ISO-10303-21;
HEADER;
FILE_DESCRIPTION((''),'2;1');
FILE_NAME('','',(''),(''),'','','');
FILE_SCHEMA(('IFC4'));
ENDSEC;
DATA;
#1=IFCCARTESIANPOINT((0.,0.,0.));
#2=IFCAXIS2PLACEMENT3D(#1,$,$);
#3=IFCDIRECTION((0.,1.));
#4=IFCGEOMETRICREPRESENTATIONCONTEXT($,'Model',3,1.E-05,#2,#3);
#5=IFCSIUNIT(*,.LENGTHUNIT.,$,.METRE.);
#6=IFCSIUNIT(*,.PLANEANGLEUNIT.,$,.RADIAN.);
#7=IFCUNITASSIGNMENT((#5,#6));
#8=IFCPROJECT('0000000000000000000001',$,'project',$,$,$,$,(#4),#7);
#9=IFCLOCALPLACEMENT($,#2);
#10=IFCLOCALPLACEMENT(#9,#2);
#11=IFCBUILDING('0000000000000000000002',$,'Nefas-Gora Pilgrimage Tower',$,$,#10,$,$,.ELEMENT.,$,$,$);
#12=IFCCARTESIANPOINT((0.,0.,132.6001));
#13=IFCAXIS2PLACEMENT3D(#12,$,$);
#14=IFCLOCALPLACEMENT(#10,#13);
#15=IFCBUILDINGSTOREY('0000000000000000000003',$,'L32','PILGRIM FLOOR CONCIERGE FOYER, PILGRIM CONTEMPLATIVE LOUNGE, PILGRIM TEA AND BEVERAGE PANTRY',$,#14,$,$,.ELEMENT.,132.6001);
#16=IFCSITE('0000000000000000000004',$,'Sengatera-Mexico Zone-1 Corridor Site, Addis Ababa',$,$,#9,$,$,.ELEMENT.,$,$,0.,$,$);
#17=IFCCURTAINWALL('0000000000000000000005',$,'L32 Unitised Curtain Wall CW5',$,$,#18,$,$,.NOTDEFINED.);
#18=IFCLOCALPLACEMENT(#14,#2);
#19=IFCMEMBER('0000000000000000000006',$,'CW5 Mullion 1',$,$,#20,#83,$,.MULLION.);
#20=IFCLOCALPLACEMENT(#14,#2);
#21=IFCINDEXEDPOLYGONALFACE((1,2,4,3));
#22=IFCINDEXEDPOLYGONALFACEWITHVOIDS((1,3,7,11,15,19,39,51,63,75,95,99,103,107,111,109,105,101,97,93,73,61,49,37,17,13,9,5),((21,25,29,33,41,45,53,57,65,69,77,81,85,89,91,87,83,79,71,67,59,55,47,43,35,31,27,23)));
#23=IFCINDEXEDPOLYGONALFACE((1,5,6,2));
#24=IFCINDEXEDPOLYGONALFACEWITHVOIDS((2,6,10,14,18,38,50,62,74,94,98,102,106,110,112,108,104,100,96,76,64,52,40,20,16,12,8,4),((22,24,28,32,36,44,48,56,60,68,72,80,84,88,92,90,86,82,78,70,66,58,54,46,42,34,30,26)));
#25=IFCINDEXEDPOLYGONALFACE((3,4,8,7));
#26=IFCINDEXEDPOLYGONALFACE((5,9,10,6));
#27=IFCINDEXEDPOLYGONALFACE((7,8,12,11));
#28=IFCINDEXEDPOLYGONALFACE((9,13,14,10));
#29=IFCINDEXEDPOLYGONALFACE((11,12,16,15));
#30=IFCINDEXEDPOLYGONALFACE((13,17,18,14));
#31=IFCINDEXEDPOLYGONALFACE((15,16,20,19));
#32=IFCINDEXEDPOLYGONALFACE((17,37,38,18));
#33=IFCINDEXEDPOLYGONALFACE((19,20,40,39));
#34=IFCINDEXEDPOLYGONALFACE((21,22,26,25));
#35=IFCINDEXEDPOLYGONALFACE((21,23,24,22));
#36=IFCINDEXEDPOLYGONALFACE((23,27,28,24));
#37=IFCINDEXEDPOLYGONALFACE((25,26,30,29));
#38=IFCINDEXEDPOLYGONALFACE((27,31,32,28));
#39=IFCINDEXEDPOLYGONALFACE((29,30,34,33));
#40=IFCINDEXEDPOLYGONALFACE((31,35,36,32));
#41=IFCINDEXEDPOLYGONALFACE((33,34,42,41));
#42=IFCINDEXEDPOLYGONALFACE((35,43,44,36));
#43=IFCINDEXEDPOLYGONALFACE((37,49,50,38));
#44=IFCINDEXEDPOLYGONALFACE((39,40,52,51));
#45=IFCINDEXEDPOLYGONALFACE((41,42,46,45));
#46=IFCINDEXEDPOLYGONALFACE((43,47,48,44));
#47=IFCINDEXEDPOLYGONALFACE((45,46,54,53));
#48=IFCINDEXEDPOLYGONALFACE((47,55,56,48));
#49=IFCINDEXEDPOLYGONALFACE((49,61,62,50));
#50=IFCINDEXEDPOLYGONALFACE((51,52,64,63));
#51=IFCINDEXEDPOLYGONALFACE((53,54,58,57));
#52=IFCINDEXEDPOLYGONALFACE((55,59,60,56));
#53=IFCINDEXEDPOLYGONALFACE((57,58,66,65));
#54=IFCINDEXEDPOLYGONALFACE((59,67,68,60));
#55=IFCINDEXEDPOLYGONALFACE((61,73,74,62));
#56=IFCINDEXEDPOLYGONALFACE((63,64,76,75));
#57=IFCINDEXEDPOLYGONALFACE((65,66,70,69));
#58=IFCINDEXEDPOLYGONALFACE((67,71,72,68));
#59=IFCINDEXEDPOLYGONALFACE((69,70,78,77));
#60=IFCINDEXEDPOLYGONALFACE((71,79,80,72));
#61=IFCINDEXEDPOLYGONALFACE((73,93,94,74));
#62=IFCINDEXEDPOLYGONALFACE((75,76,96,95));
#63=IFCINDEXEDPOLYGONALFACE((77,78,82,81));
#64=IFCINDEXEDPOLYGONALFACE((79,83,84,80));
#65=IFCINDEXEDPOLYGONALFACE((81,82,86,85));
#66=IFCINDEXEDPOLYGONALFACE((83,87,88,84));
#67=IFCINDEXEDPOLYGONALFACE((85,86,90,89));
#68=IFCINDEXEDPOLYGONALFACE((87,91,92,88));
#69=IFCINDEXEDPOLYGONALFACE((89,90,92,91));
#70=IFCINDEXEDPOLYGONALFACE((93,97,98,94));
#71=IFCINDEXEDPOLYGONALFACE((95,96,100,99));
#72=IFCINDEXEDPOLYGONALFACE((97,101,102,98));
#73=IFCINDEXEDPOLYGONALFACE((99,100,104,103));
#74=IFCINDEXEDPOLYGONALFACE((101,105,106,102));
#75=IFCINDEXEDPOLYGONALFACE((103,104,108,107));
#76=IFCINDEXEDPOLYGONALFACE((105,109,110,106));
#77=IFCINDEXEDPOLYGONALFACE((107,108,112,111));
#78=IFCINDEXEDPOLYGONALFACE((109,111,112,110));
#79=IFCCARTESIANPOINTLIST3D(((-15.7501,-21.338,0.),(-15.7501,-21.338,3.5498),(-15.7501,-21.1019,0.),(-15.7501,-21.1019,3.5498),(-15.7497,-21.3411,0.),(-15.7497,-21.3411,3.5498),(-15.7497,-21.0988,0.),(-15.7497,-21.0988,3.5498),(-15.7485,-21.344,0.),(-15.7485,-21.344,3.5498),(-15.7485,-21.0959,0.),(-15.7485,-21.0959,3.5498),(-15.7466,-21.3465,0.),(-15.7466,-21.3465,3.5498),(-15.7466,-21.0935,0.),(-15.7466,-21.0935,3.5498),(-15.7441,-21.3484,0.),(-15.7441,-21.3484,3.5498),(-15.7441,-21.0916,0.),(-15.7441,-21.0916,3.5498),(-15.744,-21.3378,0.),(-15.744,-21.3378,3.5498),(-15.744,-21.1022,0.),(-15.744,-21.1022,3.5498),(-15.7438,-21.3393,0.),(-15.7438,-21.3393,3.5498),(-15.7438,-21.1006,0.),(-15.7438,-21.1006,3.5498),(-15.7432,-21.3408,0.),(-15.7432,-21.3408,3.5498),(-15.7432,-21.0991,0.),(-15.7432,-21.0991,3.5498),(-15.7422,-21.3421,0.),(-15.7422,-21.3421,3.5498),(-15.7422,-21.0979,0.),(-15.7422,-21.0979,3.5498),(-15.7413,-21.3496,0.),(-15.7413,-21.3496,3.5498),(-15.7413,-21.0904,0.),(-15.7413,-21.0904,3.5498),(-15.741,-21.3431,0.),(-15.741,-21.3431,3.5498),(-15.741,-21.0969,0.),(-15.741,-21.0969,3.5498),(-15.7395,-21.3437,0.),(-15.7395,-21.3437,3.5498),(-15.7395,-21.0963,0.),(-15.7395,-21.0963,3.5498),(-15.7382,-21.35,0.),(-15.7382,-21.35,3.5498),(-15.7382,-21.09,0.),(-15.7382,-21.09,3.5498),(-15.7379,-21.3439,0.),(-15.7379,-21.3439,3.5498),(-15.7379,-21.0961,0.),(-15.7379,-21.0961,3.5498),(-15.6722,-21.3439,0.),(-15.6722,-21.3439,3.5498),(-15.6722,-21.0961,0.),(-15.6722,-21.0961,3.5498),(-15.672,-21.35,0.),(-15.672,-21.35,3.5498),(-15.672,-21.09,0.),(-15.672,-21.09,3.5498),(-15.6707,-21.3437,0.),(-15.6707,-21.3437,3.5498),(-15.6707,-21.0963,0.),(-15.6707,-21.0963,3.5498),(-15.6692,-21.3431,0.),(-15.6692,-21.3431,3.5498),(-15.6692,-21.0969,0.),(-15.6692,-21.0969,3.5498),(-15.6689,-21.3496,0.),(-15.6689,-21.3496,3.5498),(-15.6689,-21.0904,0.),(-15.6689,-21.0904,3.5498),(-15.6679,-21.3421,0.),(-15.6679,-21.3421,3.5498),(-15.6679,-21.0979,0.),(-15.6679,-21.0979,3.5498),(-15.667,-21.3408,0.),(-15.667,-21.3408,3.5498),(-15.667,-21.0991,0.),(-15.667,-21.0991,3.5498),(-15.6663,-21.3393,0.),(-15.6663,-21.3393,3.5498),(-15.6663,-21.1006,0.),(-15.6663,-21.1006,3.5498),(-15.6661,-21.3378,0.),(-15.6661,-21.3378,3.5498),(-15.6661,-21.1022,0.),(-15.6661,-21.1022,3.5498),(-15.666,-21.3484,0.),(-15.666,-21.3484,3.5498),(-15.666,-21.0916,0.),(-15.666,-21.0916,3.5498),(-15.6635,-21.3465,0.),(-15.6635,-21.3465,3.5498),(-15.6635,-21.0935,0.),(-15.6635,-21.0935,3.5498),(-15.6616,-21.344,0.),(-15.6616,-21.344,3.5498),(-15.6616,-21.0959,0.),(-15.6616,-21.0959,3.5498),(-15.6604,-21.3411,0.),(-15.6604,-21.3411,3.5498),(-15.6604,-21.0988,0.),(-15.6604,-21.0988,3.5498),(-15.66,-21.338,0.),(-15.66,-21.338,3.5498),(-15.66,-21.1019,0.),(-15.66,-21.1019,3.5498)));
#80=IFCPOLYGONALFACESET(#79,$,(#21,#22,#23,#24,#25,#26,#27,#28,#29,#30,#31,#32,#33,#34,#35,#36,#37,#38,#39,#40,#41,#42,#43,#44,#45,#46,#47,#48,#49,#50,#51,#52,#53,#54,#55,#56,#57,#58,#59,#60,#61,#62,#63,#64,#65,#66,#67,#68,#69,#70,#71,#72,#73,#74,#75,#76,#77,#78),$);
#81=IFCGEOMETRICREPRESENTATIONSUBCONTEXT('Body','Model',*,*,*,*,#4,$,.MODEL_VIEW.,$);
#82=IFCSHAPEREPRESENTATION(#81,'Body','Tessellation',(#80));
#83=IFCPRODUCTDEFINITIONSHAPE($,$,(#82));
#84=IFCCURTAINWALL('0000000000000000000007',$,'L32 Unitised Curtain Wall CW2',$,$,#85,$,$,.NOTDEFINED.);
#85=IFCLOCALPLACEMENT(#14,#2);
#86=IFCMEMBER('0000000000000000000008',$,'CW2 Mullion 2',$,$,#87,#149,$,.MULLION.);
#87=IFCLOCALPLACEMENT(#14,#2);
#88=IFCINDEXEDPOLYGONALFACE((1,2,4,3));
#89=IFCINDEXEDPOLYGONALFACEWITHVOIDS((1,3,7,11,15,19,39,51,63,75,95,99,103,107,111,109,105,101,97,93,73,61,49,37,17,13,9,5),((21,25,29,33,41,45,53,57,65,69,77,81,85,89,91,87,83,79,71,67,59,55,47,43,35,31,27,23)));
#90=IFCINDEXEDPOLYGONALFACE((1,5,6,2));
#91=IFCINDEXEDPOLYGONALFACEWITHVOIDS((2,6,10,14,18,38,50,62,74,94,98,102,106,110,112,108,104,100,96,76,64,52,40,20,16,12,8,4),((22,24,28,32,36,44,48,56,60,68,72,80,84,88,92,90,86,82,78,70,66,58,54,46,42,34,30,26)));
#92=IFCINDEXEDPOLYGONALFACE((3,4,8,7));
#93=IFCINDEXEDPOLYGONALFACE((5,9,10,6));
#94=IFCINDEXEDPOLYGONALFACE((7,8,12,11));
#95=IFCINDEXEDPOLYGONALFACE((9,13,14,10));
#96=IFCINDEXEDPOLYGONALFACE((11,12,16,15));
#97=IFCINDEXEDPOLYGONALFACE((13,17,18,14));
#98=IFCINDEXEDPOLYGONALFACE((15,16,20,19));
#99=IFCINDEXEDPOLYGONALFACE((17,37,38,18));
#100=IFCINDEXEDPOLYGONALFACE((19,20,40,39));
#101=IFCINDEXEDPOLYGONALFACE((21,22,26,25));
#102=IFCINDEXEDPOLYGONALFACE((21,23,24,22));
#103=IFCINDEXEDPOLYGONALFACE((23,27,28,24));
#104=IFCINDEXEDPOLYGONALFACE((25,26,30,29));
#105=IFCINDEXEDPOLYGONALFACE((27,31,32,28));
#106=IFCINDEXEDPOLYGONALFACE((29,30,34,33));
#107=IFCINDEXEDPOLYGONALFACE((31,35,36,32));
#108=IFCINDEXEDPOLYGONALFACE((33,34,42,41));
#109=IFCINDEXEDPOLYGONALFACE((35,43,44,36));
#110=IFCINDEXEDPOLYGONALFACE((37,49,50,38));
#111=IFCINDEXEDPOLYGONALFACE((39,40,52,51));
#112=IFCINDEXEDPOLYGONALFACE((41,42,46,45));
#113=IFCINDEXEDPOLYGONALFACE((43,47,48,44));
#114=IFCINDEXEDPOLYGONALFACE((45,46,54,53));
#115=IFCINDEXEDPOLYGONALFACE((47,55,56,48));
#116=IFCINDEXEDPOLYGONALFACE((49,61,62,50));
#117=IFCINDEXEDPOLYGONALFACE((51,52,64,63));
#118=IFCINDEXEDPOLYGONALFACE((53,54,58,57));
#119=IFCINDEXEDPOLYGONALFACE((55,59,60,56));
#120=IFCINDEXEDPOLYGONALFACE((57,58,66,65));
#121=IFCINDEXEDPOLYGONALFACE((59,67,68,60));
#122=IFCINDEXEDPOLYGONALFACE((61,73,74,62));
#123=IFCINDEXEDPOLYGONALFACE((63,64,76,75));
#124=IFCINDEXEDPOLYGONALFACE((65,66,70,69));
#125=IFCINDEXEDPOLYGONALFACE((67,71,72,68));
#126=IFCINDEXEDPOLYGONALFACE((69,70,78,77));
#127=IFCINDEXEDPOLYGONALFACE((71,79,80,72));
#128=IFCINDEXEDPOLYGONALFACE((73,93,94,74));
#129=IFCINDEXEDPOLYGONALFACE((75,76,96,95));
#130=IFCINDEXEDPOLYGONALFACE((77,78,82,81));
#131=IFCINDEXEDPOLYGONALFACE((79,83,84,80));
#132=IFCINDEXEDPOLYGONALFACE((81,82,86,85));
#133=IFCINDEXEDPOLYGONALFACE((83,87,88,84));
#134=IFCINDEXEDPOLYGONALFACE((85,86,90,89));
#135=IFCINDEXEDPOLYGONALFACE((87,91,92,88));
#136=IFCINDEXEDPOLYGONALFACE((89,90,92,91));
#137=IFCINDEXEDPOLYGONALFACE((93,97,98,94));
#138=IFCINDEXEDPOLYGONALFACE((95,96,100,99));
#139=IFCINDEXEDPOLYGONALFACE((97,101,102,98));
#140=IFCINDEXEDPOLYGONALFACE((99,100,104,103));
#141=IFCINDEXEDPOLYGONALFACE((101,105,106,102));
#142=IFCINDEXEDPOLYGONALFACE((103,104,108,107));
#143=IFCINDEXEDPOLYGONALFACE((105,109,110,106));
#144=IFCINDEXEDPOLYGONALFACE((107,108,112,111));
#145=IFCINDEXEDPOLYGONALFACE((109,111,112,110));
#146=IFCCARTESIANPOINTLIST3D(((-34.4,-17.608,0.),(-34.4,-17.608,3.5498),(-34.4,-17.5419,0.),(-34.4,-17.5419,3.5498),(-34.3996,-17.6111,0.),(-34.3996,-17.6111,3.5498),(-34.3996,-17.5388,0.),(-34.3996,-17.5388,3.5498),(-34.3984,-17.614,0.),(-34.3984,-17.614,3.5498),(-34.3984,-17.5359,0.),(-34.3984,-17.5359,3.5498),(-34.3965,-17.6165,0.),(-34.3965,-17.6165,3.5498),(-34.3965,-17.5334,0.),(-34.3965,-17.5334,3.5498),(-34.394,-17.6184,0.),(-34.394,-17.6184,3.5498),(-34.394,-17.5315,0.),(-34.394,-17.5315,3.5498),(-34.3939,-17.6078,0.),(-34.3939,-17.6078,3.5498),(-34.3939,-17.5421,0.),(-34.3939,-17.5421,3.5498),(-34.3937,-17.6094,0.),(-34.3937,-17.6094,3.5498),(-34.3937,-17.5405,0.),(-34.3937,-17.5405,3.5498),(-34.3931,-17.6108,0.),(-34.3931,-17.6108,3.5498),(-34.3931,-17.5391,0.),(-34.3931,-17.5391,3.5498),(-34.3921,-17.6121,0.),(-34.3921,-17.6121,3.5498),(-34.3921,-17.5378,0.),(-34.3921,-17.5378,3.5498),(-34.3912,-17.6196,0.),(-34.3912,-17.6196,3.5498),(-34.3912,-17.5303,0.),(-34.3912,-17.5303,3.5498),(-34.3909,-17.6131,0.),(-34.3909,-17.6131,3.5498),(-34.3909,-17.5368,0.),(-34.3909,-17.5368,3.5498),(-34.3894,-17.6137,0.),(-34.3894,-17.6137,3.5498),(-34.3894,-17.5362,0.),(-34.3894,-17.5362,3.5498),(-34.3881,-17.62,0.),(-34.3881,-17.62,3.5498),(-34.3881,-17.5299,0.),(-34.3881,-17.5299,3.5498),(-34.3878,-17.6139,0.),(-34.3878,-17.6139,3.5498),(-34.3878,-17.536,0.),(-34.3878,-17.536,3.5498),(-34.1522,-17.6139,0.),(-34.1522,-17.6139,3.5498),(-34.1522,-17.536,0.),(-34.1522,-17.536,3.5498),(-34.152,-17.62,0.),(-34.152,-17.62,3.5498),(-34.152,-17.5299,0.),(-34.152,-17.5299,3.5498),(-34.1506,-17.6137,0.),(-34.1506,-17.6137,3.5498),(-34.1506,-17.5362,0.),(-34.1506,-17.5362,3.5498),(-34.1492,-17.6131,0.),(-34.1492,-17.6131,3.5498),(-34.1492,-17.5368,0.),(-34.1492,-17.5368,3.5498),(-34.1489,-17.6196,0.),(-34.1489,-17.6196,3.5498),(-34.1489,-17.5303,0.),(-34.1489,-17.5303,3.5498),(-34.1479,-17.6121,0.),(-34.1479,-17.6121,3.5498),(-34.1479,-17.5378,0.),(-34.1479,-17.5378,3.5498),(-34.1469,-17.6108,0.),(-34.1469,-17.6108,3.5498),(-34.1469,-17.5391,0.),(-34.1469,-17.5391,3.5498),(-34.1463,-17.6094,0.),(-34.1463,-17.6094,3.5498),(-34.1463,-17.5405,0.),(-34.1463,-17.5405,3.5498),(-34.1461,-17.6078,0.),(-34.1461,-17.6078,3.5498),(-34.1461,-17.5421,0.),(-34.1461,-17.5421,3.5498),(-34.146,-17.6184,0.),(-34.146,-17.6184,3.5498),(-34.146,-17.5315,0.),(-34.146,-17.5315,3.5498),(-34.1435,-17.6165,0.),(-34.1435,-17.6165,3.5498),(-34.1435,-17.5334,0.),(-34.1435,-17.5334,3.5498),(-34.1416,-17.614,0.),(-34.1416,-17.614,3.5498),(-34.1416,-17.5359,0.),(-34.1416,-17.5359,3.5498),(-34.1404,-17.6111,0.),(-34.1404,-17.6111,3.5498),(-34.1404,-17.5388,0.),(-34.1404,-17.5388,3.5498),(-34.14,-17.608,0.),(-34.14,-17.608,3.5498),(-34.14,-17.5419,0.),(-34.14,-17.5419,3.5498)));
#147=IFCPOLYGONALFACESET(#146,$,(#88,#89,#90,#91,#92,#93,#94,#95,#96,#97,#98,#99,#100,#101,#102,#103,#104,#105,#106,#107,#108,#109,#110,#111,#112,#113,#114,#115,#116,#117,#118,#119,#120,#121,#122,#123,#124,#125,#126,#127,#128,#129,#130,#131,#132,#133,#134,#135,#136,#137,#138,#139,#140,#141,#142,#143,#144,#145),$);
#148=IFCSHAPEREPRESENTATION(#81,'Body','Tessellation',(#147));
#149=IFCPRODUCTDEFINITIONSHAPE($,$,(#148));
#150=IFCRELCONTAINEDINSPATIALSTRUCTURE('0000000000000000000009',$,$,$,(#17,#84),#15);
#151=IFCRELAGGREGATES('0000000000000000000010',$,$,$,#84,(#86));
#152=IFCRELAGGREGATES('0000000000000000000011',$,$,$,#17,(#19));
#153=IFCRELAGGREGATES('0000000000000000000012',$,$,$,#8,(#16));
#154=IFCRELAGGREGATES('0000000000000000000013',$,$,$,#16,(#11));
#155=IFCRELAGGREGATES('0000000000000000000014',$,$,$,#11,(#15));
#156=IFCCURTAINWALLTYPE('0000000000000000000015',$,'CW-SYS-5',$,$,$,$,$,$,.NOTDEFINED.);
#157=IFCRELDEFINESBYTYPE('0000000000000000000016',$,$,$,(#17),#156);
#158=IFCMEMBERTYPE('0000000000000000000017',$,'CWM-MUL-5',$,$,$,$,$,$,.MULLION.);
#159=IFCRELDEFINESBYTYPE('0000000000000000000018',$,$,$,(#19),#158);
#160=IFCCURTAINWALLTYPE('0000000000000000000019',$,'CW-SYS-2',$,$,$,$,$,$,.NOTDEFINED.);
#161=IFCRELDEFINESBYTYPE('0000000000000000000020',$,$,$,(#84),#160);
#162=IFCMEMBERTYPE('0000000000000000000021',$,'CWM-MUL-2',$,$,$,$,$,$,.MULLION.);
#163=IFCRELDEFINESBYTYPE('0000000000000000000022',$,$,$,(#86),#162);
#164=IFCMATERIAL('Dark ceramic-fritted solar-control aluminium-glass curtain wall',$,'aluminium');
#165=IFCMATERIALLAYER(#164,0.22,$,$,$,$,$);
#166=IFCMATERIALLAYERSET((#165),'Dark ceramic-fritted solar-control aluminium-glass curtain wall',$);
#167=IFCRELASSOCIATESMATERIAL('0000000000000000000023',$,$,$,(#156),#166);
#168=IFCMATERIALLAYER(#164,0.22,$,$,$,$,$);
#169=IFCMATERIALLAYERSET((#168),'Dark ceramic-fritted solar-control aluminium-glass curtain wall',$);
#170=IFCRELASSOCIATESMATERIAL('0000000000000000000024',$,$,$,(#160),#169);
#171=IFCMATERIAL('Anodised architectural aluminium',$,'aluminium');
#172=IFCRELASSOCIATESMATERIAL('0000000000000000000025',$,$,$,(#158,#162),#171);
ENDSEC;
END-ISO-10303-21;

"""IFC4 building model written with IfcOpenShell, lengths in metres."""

from ifc_helpers import new_model, si_unit, direction, frame, origin, origin_2d, place, context, subcontext, project, spatial, hollow_rectangle, extrude, source, transform, mapped, material, layer, layer_set, material_profile, profile_set, type_object, element, aggregate, save


model = new_model("IFC4")

# Units and contexts
model_context = context("Model", 3, precision=1e-05, world=origin(), true_north=direction((0.0, 1.0)))
body_context = subcontext(model_context, "Body", "Model", "MODEL_VIEW")
ifc_project = project(units=[si_unit("LENGTHUNIT", "METRE"), si_unit("PLANEANGLEUNIT", "RADIAN")], contexts=[model_context])

# Site, building, storey
site_placement = place(None, origin())
site = spatial("IfcSite", under=ifc_project, at=site_placement, Name="Sengatera-Mexico Zone-1 Corridor Site, Addis Ababa", CompositionType="ELEMENT", RefElevation=0.0)
building_placement = place(site_placement, origin())
building = spatial("IfcBuilding", under=site, at=building_placement, Name="Nefas-Gora Pilgrimage Tower", CompositionType="ELEMENT")
storey_placement = place(building_placement, frame((0.0, 0.0, 132.6001)))
storey = spatial("IfcBuildingStorey", under=building, at=storey_placement, Name="L32", Description="PILGRIM FLOOR CONCIERGE FOYER, PILGRIM CONTEMPLATIVE LOUNGE, PILGRIM TEA AND BEVERAGE PANTRY", CompositionType="ELEMENT", Elevation=132.6001)

# Curtain wall
ifc_material_1 = material(Name="Dark ceramic-fritted solar-control aluminium-glass curtain wall", Category="aluminium")
ifc_layer_1 = layer(ifc_material_1, 0.22)
ifc_layer_set_1 = layer_set([ifc_layer_1], Name="Dark ceramic-fritted solar-control aluminium-glass curtain wall")
curtain_wall_type_1 = type_object("IfcCurtainWallType", Name="CW-SYS-5", PredefinedType="NOTDEFINED", material=ifc_layer_set_1)
curtain_wall_1_placement = place(storey_placement, origin())
curtain_wall_1 = element("IfcCurtainWall", 1, at=curtain_wall_1_placement, inside=storey, type_object=curtain_wall_type_1, Name="L32 Unitised Curtain Wall CW5", PredefinedType="NOTDEFINED")
ifc_material_2 = material(Name="Anodised architectural aluminium", Category="aluminium")
ifc_layer_2 = layer(ifc_material_1, 0.22)
ifc_layer_set_2 = layer_set([ifc_layer_2], Name="Dark ceramic-fritted solar-control aluminium-glass curtain wall")
curtain_wall_type_2 = type_object("IfcCurtainWallType", Name="CW-SYS-2", PredefinedType="NOTDEFINED", material=ifc_layer_set_2)

# Member
ifc_material_profile_1 = material_profile(ifc_material_2, hollow_rectangle(XDim=0.0901, YDim=0.26, WallThickness=0.0061, InnerFilletRadius=0.0061, OuterFilletRadius=0.012, at=origin_2d()), Name="ALU MULLION 90x260")
ifc_profile_set_1 = profile_set([ifc_material_profile_1], Name="Anodised architectural aluminium")
member_type_1 = type_object("IfcMemberType", Name="CWM-MUL-5", PredefinedType="MULLION", material=ifc_profile_set_1)
shared_shape_1 = source(origin(), body_context, "Body", "SweptSolid", [
    extrude(hollow_rectangle(XDim=0.0901, YDim=0.26, WallThickness=0.0061, InnerFilletRadius=0.0061, OuterFilletRadius=0.012, at=origin_2d()), origin(), (0.0, 0.0, 1.0), 3.5498),
])
member_1_placement = place(storey_placement, frame((-15.7051, -21.22, 0.0), z_axis=(0.0, 0.0, 1.0), x_axis=(1.0, 0.0, 0.0)))
member_1 = element("IfcMember", 2, at=member_1_placement, type_object=member_type_1, Name="CW5 Mullion 1", PredefinedType="MULLION", context=body_context, shape_type="MappedRepresentation", body=[
    mapped(shared_shape_1, transform((0.0, 0.0, 0.0), x_axis=(1.0, 0.0, 0.0), y_axis=(0.0, 1.0, 0.0), z_axis=(0.0, 0.0, 1.0), scale=1.0)),
])

# Curtain wall, member
curtain_wall_2_placement = place(storey_placement, origin())
curtain_wall_2 = element("IfcCurtainWall", 3, at=curtain_wall_2_placement, inside=storey, type_object=curtain_wall_type_2, Name="L32 Unitised Curtain Wall CW2", PredefinedType="NOTDEFINED")
ifc_material_profile_2 = material_profile(ifc_material_2, hollow_rectangle(XDim=0.0901, YDim=0.26, WallThickness=0.0061, InnerFilletRadius=0.0061, OuterFilletRadius=0.012, at=origin_2d()), Name="ALU MULLION 90x260")
ifc_profile_set_2 = profile_set([ifc_material_profile_2], Name="Anodised architectural aluminium")
member_type_2 = type_object("IfcMemberType", Name="CWM-MUL-2", PredefinedType="MULLION", material=ifc_profile_set_2)
shared_shape_2 = source(origin(), body_context, "Body", "SweptSolid", [
    extrude(hollow_rectangle(XDim=0.0901, YDim=0.26, WallThickness=0.0061, InnerFilletRadius=0.0061, OuterFilletRadius=0.012, at=origin_2d()), origin(), (0.0, 0.0, 1.0), 3.5498),
])
member_2_placement = place(storey_placement, frame((-34.27, -17.575, 0.0), z_axis=(0.0, 0.0, 1.0), x_axis=(0.0, -1.0, 0.0)))
member_2 = element("IfcMember", 4, at=member_2_placement, type_object=member_type_2, Name="CW2 Mullion 2", PredefinedType="MULLION", context=body_context, shape_type="MappedRepresentation", body=[
    mapped(shared_shape_2, transform((0.0, 0.0, 0.0), x_axis=(1.0, 0.0, 0.0), y_axis=(0.0, 1.0, 0.0), z_axis=(0.0, 0.0, 1.0), scale=1.0)),
])
aggregate(curtain_wall_2, [member_2])

aggregate(curtain_wall_1, [member_1])

save(model, "model.ifc")
